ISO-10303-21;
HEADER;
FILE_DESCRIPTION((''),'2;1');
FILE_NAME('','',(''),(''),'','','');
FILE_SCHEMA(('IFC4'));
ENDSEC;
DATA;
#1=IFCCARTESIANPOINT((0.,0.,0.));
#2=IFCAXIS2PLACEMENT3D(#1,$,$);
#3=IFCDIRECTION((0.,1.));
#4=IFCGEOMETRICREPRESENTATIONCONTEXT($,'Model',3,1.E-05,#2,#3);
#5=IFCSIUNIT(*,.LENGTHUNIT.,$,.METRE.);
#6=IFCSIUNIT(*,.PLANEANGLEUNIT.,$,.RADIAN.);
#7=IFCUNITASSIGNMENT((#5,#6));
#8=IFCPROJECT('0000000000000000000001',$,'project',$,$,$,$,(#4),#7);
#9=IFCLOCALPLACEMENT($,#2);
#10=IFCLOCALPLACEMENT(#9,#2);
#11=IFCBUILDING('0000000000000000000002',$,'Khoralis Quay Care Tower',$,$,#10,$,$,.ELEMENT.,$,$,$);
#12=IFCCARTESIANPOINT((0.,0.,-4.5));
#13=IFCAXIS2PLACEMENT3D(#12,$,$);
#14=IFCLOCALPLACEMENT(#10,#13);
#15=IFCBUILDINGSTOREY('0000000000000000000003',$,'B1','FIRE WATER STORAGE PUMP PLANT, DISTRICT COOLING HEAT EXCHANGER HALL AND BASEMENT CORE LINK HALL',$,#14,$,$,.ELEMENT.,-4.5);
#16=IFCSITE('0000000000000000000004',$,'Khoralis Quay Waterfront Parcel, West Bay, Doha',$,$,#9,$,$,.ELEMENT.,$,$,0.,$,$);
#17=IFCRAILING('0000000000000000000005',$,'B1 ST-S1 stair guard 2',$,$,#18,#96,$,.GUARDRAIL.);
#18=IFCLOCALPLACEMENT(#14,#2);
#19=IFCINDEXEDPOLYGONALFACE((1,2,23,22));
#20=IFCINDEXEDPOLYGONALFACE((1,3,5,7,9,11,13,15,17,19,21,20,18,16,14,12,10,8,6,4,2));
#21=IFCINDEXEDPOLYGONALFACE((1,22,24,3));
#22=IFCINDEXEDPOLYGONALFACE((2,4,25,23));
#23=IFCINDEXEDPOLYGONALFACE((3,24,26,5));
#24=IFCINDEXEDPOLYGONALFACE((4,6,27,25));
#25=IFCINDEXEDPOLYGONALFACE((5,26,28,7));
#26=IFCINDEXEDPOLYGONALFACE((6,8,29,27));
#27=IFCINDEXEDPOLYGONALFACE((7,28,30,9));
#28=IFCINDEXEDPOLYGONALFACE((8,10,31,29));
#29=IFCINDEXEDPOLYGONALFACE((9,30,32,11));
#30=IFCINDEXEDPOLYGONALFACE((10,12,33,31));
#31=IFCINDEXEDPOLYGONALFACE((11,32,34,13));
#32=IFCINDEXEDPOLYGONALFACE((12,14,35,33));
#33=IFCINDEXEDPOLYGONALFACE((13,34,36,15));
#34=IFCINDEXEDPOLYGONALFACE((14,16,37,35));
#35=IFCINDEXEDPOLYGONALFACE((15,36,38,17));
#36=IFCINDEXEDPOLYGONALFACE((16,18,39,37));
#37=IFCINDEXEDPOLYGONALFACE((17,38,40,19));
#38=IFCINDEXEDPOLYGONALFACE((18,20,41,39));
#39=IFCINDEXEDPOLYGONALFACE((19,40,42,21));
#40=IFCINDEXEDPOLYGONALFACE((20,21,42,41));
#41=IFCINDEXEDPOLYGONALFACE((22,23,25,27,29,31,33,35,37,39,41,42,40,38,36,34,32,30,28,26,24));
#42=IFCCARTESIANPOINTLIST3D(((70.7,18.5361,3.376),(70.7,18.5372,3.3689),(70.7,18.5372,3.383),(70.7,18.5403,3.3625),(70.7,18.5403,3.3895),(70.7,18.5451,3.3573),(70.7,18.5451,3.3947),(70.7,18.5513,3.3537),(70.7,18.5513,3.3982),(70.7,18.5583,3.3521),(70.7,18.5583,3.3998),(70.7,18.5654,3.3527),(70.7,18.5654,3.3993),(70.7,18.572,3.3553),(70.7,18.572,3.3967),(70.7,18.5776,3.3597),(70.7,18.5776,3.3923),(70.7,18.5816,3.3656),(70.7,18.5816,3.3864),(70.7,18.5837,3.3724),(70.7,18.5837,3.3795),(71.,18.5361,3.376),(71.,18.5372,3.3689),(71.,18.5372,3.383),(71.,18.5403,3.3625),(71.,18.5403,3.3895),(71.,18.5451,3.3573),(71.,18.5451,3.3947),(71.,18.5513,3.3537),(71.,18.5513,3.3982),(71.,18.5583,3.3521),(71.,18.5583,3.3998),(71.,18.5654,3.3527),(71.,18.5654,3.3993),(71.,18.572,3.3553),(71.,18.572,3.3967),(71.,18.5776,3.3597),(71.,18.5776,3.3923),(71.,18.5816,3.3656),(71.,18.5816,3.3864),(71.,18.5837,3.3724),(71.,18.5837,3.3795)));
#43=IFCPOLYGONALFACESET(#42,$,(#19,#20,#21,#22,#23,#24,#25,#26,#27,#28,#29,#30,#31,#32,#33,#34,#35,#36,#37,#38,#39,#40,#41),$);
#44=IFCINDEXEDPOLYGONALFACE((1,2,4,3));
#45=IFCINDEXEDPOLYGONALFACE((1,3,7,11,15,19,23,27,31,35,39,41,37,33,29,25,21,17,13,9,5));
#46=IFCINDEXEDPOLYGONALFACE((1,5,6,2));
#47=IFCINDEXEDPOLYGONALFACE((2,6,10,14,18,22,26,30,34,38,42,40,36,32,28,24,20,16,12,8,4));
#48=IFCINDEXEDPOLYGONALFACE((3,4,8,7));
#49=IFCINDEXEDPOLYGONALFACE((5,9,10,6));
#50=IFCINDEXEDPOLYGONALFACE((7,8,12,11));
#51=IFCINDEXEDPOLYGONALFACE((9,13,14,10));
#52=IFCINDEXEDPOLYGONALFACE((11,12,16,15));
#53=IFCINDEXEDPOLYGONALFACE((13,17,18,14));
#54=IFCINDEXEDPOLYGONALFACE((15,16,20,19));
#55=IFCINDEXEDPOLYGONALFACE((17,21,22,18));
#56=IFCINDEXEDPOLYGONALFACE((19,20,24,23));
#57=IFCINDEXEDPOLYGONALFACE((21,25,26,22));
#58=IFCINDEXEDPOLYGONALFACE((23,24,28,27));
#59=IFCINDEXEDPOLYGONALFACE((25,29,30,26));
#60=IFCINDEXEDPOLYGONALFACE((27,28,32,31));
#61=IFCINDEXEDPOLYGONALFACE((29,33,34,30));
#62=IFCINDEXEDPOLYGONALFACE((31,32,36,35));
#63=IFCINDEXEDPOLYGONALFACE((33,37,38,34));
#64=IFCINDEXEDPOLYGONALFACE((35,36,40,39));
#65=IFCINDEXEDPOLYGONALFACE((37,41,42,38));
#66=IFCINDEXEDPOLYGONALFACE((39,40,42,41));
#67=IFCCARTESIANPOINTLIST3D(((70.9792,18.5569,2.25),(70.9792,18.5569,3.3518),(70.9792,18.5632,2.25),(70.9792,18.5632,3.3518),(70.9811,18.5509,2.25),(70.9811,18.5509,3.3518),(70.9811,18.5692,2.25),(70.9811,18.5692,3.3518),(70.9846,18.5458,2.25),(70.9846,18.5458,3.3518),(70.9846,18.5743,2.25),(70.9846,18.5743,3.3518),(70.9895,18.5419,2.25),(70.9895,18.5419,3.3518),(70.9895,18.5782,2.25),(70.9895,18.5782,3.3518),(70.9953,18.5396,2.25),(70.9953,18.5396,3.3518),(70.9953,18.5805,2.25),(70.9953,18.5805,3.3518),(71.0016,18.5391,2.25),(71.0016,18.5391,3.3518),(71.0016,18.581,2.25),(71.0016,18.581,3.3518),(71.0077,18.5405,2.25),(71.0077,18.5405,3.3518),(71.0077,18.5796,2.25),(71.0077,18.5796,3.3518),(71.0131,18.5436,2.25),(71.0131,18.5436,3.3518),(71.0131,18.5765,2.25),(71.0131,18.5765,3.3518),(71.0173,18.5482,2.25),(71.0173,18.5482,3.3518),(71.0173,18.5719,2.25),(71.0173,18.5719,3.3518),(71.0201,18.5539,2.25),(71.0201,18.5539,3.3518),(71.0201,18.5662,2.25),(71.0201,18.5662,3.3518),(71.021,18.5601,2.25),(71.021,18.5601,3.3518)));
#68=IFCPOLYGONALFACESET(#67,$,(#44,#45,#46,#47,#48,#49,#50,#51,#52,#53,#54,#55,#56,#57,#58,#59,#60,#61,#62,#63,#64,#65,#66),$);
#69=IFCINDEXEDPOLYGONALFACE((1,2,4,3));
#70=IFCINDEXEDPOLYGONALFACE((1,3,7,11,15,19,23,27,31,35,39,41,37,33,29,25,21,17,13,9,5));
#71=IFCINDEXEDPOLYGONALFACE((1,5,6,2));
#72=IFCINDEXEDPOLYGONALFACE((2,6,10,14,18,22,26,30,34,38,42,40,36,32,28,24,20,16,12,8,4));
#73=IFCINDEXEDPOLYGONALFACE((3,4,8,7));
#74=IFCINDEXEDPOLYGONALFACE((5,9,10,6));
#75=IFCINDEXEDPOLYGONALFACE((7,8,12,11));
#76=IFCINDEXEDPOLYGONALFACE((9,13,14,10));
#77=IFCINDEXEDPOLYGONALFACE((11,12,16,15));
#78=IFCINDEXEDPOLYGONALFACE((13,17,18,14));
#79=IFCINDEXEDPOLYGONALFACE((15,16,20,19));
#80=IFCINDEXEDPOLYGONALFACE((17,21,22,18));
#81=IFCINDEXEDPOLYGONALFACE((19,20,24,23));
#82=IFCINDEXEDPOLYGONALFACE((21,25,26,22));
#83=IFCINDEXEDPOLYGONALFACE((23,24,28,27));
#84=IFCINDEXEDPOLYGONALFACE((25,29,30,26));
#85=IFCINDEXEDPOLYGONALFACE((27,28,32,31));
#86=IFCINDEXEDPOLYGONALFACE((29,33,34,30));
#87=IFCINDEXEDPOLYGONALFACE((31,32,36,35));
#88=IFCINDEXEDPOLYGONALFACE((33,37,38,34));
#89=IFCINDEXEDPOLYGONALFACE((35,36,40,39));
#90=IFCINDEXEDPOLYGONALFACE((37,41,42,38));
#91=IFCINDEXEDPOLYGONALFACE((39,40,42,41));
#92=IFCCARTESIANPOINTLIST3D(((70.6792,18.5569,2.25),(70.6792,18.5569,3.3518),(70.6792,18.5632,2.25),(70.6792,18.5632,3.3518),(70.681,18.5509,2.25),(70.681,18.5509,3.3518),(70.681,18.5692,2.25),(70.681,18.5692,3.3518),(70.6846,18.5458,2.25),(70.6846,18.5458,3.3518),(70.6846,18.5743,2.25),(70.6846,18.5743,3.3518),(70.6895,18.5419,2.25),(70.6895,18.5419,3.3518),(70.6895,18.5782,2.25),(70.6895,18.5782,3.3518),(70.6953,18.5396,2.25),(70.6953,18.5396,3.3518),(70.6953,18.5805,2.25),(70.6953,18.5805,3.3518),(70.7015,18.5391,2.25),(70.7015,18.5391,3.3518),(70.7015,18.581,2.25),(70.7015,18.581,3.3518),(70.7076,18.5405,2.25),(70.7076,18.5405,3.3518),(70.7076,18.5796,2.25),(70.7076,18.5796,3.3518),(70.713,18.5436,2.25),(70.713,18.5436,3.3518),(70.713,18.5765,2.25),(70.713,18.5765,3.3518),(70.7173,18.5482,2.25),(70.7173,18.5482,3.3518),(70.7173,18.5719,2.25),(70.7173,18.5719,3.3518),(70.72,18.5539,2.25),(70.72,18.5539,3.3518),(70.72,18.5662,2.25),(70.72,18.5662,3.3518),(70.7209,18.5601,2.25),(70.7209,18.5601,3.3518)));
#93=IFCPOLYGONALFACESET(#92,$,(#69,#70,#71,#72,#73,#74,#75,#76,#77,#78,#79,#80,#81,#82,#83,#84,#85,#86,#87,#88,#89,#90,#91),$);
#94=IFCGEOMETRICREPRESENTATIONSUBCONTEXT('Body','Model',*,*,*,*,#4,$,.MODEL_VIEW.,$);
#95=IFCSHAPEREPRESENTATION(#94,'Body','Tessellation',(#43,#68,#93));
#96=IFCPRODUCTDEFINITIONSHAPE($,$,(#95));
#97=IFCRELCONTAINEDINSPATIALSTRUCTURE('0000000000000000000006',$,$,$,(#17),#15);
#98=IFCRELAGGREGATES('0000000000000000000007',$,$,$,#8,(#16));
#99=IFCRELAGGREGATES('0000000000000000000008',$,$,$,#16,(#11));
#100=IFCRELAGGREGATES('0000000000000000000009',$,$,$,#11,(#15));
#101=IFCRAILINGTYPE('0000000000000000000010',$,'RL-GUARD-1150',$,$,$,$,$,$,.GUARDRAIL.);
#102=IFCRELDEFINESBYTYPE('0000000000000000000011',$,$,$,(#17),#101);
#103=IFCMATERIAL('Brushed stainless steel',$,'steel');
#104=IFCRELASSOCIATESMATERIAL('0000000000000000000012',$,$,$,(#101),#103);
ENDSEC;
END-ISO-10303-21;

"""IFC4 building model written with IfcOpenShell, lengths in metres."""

from ifc_helpers import new_model, si_unit, direction, frame, origin, origin_2d, place, context, subcontext, project, spatial, circle, extrude, material, type_object, element, save


model = new_model("IFC4")

# Units and contexts
model_context = context("Model", 3, precision=1e-05, world=origin(), true_north=direction((0.0, 1.0)))
body_context = subcontext(model_context, "Body", "Model", "MODEL_VIEW")
ifc_project = project(units=[si_unit("LENGTHUNIT", "METRE"), si_unit("PLANEANGLEUNIT", "RADIAN")], contexts=[model_context])

# Site, building, storey
site_placement = place(None, origin())
site = spatial("IfcSite", under=ifc_project, at=site_placement, Name="Khoralis Quay Waterfront Parcel, West Bay, Doha", CompositionType="ELEMENT", RefElevation=0.0)
building_placement = place(site_placement, origin())
building = spatial("IfcBuilding", under=site, at=building_placement, Name="Khoralis Quay Care Tower", CompositionType="ELEMENT")
storey_placement = place(building_placement, frame((0.0, 0.0, -4.5)))
storey = spatial("IfcBuildingStorey", under=building, at=storey_placement, Name="B1", Description="FIRE WATER STORAGE PUMP PLANT, DISTRICT COOLING HEAT EXCHANGER HALL AND BASEMENT CORE LINK HALL", CompositionType="ELEMENT", Elevation=-4.5)

# Railing
ifc_material_1 = material(Name="Brushed stainless steel", Category="steel")
railing_type_1 = type_object("IfcRailingType", Name="RL-GUARD-1150", PredefinedType="GUARDRAIL", material=ifc_material_1)
railing_1_placement = place(storey_placement, frame((71.0, 18.5601, 2.25)))
element("IfcRailing", 1, at=railing_1_placement, inside=storey, type_object=railing_type_1, Name="B1 ST-S1 stair guard 2", PredefinedType="GUARDRAIL", context=body_context, shape_type="SweptSolid", body=[
    extrude(circle(Radius=0.0239, at=origin_2d()), frame((0.0, 0.0, 1.126), z_axis=(-1.0, 0.0, 0.0), x_axis=(0.0, -1.0, 0.0)), (0.0, 0.0, 1.0), 0.3),
    extrude(circle(Radius=0.021, at=origin_2d()), origin(), (0.0, 0.0, 1.0), 1.1018),
    extrude(circle(Radius=0.021, at=origin_2d()), frame((-0.3, 0.0, 0.0)), (0.0, 0.0, 1.0), 1.1018),
])

save(model, "model.ifc")
